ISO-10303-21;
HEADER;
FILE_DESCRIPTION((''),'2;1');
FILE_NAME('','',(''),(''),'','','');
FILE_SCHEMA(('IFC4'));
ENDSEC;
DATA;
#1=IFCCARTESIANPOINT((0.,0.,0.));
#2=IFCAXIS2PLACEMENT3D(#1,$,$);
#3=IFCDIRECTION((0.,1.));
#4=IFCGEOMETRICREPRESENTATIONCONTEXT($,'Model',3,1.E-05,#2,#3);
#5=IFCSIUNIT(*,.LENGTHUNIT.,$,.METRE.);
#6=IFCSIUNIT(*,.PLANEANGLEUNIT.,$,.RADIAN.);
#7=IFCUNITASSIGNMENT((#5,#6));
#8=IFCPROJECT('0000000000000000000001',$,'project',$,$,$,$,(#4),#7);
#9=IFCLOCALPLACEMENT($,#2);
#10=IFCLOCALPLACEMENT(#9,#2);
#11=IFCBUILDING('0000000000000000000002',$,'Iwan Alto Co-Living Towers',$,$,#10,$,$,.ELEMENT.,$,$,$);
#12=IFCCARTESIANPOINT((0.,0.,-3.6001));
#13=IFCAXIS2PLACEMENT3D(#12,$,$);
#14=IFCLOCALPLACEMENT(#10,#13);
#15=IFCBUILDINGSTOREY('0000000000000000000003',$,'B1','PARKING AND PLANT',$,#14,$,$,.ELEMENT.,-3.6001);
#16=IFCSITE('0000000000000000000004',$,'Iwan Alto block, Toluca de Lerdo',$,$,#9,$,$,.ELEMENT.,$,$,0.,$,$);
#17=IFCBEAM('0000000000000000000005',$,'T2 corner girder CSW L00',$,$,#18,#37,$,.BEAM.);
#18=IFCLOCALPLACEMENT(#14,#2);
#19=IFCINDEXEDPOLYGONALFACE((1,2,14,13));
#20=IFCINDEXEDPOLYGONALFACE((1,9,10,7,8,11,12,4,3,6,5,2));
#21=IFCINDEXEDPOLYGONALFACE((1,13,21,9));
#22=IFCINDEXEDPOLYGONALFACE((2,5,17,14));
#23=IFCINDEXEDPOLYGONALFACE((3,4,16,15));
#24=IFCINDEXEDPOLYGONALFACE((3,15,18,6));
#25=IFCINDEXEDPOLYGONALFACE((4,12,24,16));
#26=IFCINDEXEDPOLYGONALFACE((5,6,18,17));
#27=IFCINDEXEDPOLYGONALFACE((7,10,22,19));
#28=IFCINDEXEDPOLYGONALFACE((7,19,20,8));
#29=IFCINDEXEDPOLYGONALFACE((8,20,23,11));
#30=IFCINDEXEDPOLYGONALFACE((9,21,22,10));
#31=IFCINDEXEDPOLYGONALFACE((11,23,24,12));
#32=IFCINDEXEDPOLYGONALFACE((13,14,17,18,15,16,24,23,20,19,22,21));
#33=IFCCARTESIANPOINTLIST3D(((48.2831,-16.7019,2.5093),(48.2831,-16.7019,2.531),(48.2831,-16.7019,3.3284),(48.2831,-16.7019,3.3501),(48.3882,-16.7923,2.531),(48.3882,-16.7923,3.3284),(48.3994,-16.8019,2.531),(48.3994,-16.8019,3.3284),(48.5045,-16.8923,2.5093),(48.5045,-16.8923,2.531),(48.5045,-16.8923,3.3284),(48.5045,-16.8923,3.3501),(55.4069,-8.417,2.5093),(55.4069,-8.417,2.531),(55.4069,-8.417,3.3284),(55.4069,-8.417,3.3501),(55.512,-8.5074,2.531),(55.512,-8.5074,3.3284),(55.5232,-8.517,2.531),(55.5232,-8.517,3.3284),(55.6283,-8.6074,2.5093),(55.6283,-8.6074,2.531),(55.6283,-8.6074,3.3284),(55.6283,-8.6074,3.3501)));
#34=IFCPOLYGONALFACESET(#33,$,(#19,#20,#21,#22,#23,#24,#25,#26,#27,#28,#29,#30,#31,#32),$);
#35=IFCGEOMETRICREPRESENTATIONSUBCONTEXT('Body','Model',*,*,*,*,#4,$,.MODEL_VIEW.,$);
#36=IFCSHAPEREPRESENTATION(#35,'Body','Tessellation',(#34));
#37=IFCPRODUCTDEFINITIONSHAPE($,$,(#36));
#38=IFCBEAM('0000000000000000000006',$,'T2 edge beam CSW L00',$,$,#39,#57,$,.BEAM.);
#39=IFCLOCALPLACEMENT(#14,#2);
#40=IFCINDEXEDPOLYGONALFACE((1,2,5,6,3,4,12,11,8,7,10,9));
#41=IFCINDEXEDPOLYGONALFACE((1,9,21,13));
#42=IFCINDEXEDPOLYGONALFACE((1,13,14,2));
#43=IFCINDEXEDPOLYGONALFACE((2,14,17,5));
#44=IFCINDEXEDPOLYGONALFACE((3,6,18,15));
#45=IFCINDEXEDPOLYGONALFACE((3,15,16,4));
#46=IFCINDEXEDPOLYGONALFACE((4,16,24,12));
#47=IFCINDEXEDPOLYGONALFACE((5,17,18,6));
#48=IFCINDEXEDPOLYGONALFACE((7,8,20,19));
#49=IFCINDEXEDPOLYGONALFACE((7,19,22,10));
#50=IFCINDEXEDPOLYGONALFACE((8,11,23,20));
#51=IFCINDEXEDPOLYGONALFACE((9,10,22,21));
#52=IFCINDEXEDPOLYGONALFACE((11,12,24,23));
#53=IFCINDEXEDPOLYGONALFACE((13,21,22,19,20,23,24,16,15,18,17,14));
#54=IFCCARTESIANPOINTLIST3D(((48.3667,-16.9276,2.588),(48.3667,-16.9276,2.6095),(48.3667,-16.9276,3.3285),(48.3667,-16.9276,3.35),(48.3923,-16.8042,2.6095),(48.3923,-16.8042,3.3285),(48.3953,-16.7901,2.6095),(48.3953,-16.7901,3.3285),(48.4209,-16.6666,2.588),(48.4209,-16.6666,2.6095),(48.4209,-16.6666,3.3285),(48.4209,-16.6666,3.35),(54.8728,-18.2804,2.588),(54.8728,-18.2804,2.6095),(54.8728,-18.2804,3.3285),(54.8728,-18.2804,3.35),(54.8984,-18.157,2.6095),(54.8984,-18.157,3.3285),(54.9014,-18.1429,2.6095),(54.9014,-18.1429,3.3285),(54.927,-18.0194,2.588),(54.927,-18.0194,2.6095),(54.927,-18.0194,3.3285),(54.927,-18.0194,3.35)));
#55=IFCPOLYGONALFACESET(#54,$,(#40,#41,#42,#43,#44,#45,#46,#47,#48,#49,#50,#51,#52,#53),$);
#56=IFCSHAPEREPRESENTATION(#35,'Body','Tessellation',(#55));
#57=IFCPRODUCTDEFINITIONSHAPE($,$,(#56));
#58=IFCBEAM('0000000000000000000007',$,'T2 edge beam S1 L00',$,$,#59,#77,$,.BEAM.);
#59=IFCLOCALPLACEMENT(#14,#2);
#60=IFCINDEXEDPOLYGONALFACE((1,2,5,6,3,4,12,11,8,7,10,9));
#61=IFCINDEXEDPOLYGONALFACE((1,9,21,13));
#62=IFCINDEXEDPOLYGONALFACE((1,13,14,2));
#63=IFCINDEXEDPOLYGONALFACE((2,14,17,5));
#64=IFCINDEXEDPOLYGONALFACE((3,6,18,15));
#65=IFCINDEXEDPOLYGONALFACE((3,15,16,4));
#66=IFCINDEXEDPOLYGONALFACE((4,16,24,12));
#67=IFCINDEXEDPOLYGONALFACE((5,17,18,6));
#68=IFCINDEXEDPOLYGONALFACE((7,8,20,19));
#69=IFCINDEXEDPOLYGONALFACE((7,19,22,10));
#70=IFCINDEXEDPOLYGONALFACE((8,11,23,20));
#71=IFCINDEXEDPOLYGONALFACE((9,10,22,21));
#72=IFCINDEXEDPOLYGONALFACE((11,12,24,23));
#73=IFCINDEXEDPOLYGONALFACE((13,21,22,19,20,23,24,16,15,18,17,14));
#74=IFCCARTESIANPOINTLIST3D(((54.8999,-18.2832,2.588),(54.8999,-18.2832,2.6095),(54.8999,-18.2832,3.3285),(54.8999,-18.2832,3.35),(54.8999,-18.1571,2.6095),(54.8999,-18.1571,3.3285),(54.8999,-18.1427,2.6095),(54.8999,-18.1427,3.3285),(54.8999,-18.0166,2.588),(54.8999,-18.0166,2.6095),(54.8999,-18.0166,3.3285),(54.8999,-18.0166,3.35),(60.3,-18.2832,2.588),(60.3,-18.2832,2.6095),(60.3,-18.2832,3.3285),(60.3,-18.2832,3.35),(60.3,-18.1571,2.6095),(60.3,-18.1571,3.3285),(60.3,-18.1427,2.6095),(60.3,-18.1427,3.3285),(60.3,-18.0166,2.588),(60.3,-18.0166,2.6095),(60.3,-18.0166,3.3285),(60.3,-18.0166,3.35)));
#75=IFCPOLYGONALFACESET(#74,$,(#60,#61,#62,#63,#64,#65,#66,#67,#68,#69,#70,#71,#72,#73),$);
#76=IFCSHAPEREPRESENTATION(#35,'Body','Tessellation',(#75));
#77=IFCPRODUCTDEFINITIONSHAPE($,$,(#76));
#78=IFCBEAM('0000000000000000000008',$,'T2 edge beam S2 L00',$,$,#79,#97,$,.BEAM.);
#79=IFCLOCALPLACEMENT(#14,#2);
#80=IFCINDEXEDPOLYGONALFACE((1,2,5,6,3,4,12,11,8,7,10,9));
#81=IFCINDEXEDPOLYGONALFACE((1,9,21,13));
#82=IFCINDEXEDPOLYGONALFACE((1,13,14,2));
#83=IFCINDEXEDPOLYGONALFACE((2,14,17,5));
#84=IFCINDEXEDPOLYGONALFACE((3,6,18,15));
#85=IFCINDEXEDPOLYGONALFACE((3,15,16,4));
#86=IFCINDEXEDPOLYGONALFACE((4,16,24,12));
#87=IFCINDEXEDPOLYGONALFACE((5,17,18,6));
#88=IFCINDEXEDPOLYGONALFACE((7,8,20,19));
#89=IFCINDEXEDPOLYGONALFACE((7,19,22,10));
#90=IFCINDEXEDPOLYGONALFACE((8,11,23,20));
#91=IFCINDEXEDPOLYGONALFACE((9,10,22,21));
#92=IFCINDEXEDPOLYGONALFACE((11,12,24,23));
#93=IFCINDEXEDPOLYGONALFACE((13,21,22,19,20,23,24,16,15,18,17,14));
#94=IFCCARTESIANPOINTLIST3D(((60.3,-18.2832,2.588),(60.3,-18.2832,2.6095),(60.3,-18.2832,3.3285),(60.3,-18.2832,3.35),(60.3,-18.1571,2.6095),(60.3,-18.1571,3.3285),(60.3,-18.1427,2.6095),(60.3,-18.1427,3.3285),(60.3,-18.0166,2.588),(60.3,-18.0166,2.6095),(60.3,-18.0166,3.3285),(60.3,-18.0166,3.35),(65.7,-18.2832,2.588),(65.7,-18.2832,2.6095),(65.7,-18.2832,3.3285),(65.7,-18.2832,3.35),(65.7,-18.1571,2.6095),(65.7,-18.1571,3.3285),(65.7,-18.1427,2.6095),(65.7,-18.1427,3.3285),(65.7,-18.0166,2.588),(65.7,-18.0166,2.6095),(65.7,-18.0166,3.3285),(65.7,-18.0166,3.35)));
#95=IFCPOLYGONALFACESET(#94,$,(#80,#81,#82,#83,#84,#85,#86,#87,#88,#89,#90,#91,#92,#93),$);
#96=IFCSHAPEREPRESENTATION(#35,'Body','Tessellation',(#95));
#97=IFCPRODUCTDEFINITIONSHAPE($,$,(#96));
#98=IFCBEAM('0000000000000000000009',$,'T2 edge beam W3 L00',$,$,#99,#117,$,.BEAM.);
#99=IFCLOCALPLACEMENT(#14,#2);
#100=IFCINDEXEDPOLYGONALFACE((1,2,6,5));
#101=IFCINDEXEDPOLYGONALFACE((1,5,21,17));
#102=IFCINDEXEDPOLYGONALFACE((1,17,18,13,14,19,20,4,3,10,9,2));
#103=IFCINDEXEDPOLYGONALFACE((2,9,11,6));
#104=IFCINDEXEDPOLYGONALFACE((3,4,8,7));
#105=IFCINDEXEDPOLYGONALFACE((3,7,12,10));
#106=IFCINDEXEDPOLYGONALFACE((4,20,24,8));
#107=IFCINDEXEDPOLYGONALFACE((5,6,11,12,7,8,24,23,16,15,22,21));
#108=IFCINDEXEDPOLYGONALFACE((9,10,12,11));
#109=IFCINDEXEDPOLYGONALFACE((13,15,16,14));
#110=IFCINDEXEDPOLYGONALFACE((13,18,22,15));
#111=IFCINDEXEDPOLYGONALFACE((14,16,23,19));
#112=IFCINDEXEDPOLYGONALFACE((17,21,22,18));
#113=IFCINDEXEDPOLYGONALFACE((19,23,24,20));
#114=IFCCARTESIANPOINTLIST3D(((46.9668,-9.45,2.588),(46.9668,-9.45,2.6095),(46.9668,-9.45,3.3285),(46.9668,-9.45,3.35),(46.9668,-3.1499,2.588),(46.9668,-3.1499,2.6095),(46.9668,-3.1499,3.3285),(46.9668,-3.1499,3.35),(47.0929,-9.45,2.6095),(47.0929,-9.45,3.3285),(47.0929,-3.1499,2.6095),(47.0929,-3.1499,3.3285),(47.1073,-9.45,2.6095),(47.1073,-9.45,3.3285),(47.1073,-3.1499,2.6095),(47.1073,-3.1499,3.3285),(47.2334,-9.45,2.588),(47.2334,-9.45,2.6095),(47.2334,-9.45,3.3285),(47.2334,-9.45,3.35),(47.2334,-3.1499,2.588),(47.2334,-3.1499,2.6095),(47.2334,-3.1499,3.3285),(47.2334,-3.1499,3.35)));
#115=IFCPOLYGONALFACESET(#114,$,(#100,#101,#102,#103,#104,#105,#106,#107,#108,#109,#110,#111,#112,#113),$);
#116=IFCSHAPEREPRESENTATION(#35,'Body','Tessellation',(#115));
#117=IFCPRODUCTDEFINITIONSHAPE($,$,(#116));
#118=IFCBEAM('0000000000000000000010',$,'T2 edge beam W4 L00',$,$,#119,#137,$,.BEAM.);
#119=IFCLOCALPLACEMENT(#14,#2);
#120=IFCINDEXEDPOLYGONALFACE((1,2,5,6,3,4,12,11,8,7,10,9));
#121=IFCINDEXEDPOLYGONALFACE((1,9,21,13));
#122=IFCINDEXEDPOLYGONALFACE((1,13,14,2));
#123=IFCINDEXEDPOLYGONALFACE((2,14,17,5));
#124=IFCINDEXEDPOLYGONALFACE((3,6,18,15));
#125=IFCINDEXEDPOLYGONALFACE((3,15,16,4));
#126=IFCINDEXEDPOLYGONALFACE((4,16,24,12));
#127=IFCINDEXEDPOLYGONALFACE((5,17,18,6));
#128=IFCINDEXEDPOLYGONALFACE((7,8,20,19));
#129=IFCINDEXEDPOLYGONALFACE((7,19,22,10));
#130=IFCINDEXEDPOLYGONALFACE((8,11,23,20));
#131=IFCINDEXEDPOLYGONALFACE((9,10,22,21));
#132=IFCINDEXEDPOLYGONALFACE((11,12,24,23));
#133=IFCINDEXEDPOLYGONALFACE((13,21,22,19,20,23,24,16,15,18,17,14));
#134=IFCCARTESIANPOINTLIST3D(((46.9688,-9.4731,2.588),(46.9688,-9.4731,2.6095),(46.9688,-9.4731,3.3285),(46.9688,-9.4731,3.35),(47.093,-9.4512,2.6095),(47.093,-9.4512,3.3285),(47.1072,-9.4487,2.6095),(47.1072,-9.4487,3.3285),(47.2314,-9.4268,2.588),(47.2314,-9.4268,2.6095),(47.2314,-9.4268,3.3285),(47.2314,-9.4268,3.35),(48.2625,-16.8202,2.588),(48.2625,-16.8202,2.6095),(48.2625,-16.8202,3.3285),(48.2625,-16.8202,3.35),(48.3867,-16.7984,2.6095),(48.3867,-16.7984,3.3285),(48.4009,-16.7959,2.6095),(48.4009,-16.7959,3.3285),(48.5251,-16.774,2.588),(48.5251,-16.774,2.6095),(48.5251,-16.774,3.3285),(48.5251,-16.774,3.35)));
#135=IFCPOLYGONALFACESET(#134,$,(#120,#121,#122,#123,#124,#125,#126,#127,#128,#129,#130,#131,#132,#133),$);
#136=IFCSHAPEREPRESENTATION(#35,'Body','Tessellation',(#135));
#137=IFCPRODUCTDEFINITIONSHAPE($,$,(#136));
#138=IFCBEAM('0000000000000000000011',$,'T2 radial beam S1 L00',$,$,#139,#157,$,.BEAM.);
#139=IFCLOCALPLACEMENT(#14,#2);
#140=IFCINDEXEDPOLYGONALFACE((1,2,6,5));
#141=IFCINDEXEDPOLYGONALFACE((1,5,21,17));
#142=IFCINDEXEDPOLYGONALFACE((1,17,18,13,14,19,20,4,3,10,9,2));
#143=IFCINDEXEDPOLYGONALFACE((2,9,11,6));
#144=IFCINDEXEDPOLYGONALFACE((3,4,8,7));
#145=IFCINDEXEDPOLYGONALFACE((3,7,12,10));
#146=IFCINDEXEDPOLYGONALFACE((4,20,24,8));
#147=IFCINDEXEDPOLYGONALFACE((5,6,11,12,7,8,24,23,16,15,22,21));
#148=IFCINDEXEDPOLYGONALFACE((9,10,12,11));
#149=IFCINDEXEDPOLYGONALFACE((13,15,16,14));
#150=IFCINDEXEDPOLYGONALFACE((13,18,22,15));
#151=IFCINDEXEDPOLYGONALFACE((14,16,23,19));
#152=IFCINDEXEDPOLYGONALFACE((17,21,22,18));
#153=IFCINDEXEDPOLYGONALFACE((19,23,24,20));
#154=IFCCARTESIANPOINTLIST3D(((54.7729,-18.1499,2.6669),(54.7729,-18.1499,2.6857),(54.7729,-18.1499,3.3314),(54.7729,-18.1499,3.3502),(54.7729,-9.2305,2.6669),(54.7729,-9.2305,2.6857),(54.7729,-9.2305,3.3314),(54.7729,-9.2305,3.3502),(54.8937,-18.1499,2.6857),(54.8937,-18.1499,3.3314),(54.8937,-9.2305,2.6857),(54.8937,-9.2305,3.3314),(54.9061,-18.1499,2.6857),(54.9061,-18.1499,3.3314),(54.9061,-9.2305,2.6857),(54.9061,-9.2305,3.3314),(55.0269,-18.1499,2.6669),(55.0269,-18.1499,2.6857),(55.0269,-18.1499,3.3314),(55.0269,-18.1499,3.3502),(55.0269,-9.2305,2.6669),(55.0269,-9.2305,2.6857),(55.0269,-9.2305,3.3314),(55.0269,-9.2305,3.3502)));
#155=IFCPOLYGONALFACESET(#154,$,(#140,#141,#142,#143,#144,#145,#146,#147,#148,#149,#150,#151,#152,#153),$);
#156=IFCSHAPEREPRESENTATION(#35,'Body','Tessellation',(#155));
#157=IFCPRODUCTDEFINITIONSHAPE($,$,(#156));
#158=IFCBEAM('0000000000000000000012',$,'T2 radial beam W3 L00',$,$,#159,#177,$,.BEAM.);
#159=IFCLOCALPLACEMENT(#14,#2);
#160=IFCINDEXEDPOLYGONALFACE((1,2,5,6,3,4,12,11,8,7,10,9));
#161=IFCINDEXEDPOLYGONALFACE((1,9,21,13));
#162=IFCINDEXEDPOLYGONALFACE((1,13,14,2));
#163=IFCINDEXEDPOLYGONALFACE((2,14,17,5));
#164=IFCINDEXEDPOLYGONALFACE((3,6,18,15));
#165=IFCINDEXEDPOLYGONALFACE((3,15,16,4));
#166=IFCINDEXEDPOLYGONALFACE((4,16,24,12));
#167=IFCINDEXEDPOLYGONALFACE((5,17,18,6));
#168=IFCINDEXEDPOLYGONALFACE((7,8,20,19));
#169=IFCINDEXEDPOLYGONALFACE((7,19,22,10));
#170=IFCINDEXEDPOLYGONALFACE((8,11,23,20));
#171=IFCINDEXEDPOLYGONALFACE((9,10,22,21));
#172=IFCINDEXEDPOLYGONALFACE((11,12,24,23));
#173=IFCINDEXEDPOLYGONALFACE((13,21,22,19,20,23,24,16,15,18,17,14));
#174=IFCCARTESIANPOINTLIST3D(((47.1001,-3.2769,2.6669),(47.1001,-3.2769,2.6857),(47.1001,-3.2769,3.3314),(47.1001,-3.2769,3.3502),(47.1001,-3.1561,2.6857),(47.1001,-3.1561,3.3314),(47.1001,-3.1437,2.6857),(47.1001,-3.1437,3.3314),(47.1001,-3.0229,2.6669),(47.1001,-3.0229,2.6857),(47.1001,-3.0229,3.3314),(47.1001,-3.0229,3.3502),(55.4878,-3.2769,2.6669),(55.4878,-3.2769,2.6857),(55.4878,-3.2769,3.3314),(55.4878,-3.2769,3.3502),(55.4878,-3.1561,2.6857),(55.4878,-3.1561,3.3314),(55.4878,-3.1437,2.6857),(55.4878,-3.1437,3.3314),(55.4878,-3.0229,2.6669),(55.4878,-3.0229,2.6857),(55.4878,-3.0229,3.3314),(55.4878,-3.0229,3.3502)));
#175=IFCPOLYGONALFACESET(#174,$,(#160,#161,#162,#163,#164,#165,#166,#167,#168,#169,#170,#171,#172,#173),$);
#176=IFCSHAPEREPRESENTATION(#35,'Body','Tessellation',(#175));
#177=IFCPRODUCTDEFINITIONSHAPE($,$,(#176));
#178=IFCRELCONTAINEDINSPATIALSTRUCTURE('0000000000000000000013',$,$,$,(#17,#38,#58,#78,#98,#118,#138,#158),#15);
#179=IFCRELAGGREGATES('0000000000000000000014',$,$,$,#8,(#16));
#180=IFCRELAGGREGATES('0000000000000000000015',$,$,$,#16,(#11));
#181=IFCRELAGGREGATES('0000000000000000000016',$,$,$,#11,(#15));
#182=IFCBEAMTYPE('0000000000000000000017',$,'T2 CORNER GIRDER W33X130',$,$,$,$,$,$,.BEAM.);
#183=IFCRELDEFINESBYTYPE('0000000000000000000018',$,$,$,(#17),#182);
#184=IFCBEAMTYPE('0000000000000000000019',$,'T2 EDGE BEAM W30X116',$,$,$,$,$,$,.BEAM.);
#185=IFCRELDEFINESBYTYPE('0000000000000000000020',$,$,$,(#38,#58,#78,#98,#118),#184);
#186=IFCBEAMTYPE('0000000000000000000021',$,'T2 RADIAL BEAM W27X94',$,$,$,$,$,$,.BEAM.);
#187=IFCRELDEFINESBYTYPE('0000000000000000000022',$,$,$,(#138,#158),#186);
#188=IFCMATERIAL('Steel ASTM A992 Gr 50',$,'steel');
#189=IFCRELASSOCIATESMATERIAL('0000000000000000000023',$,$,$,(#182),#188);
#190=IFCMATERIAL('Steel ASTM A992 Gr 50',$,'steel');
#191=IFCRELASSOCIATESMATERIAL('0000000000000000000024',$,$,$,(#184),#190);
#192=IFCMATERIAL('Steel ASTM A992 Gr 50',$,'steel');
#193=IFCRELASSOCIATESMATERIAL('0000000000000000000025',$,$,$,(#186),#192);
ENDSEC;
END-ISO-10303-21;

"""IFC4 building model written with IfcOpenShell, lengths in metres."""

from ifc_helpers import new_model, si_unit, direction, frame, origin, origin_2d, place, context, subcontext, project, spatial, i_section, extrude, material, material_profile, profile_set, type_object, element, save


model = new_model("IFC4")

# Units and contexts
model_context = context("Model", 3, precision=1e-05, world=origin(), true_north=direction((0.0, 1.0)))
body_context = subcontext(model_context, "Body", "Model", "MODEL_VIEW")
ifc_project = project(units=[si_unit("LENGTHUNIT", "METRE"), si_unit("PLANEANGLEUNIT", "RADIAN")], contexts=[model_context])

# Site, building, storey
site_placement = place(None, origin())
site = spatial("IfcSite", under=ifc_project, at=site_placement, Name="Iwan Alto block, Toluca de Lerdo", CompositionType="ELEMENT", RefElevation=0.0)
building_placement = place(site_placement, origin())
building = spatial("IfcBuilding", under=site, at=building_placement, Name="Iwan Alto Co-Living Towers", CompositionType="ELEMENT")
storey_placement = place(building_placement, frame((0.0, 0.0, -3.6001)))
storey = spatial("IfcBuildingStorey", under=building, at=storey_placement, Name="B1", Description="PARKING AND PLANT", CompositionType="ELEMENT", Elevation=-3.6001)

# Beams
ifc_material_1 = material(Name="Steel ASTM A992 Gr 50", Category="steel")
ifc_material_profile_1 = material_profile(ifc_material_1, i_section(OverallWidth=0.292, OverallDepth=0.8408, WebThickness=0.0146, FlangeThickness=0.0217, at=origin_2d()), Name="W33X130")
ifc_profile_set_1 = profile_set([ifc_material_profile_1], Name="Steel ASTM A992 Gr 50")
beam_type_1 = type_object("IfcBeamType", Name="T2 CORNER GIRDER W33X130", PredefinedType="BEAM", material=ifc_profile_set_1)
beam_1_placement = place(storey_placement, frame((48.3938, -16.7971, 2.9297), z_axis=(0.651974, 0.758242, 0.0), x_axis=(-0.758242, 0.651974, 0.0)))
element("IfcBeam", 1, at=beam_1_placement, inside=storey, type_object=beam_type_1, Name="T2 corner girder CSW L00", PredefinedType="BEAM", context=body_context, shape_type="SweptSolid", body=[
    extrude(i_section(OverallWidth=0.292, OverallDepth=0.8408, WebThickness=0.0146, FlangeThickness=0.0217, at=origin_2d()), origin(), (0.0, 0.0, 1.0), 10.9265),
])
ifc_material_2 = material(Name="Steel ASTM A992 Gr 50", Category="steel")
ifc_material_profile_2 = material_profile(ifc_material_2, i_section(OverallWidth=0.2666, OverallDepth=0.762, WebThickness=0.0144, FlangeThickness=0.0215, at=origin_2d()), Name="W30X116")
ifc_profile_set_2 = profile_set([ifc_material_profile_2], Name="Steel ASTM A992 Gr 50")
beam_type_2 = type_object("IfcBeamType", Name="T2 EDGE BEAM W30X116", PredefinedType="BEAM", material=ifc_profile_set_2)
beam_2_placement = place(storey_placement, frame((48.3938, -16.7971, 2.969), z_axis=(0.97906, -0.203571, 0.0), x_axis=(0.203571, 0.97906, 0.0)))
element("IfcBeam", 2, at=beam_2_placement, inside=storey, type_object=beam_type_2, Name="T2 edge beam CSW L00", PredefinedType="BEAM", context=body_context, shape_type="SweptSolid", body=[
    extrude(i_section(OverallWidth=0.2666, OverallDepth=0.762, WebThickness=0.0144, FlangeThickness=0.0215, at=origin_2d()), origin(), (0.0, 0.0, 1.0), 6.6453),
])
beam_3_placement = place(storey_placement, frame((54.8999, -18.1499, 2.969), z_axis=(1.0, 0.0, 0.0), x_axis=(0.0, 1.0, 0.0)))
element("IfcBeam", 3, at=beam_3_placement, inside=storey, type_object=beam_type_2, Name="T2 edge beam S1 L00", PredefinedType="BEAM", context=body_context, shape_type="SweptSolid", body=[
    extrude(i_section(OverallWidth=0.2666, OverallDepth=0.762, WebThickness=0.0144, FlangeThickness=0.0215, at=origin_2d()), origin(), (0.0, 0.0, 1.0), 5.4001),
])
beam_4_placement = place(storey_placement, frame((60.3, -18.1499, 2.969), z_axis=(1.0, 0.0, 0.0), x_axis=(0.0, 1.0, 0.0)))
element("IfcBeam", 4, at=beam_4_placement, inside=storey, type_object=beam_type_2, Name="T2 edge beam S2 L00", PredefinedType="BEAM", context=body_context, shape_type="SweptSolid", body=[
    extrude(i_section(OverallWidth=0.2666, OverallDepth=0.762, WebThickness=0.0144, FlangeThickness=0.0215, at=origin_2d()), origin(), (0.0, 0.0, 1.0), 5.3999),
])
beam_5_placement = place(storey_placement, frame((47.1001, -3.1499, 2.969), z_axis=(0.0, -1.0, 0.0), x_axis=(1.0, 0.0, 0.0)))
element("IfcBeam", 5, at=beam_5_placement, inside=storey, type_object=beam_type_2, Name="T2 edge beam W3 L00", PredefinedType="BEAM", context=body_context, shape_type="SweptSolid", body=[
    extrude(i_section(OverallWidth=0.2666, OverallDepth=0.762, WebThickness=0.0144, FlangeThickness=0.0215, at=origin_2d()), origin(), (0.0, 0.0, 1.0), 6.3),
])
beam_6_placement = place(storey_placement, frame((47.1001, -9.45, 2.969), z_axis=(0.173414, -0.984849, 0.0), x_axis=(0.984849, 0.173414, 0.0)))
element("IfcBeam", 6, at=beam_6_placement, inside=storey, type_object=beam_type_2, Name="T2 edge beam W4 L00", PredefinedType="BEAM", context=body_context, shape_type="SweptSolid", body=[
    extrude(i_section(OverallWidth=0.2666, OverallDepth=0.762, WebThickness=0.0144, FlangeThickness=0.0215, at=origin_2d()), origin(), (0.0, 0.0, 1.0), 7.4602),
])
ifc_material_3 = material(Name="Steel ASTM A992 Gr 50", Category="steel")
ifc_material_profile_3 = material_profile(ifc_material_3, i_section(OverallWidth=0.2539, OverallDepth=0.6833, WebThickness=0.0125, FlangeThickness=0.0188, at=origin_2d()), Name="W27X94")
ifc_profile_set_3 = profile_set([ifc_material_profile_3], Name="Steel ASTM A992 Gr 50")
beam_type_3 = type_object("IfcBeamType", Name="T2 RADIAL BEAM W27X94", PredefinedType="BEAM", material=ifc_profile_set_3)
beam_7_placement = place(storey_placement, frame((54.8999, -18.1499, 3.0085), z_axis=(0.0, 1.0, 0.0), x_axis=(-1.0, 0.0, 0.0)))
element("IfcBeam", 7, at=beam_7_placement, inside=storey, type_object=beam_type_3, Name="T2 radial beam S1 L00", PredefinedType="BEAM", context=body_context, shape_type="SweptSolid", body=[
    extrude(i_section(OverallWidth=0.2539, OverallDepth=0.6833, WebThickness=0.0125, FlangeThickness=0.0188, at=origin_2d()), origin(), (0.0, 0.0, 1.0), 8.9194),
])
beam_8_placement = place(storey_placement, frame((47.1001, -3.1499, 3.0085), z_axis=(1.0, 0.0, 0.0), x_axis=(0.0, 1.0, 0.0)))
element("IfcBeam", 8, at=beam_8_placement, inside=storey, type_object=beam_type_3, Name="T2 radial beam W3 L00", PredefinedType="BEAM", context=body_context, shape_type="SweptSolid", body=[
    extrude(i_section(OverallWidth=0.2539, OverallDepth=0.6833, WebThickness=0.0125, FlangeThickness=0.0188, at=origin_2d()), origin(), (0.0, 0.0, 1.0), 8.3877),
])

save(model, "model.ifc")
